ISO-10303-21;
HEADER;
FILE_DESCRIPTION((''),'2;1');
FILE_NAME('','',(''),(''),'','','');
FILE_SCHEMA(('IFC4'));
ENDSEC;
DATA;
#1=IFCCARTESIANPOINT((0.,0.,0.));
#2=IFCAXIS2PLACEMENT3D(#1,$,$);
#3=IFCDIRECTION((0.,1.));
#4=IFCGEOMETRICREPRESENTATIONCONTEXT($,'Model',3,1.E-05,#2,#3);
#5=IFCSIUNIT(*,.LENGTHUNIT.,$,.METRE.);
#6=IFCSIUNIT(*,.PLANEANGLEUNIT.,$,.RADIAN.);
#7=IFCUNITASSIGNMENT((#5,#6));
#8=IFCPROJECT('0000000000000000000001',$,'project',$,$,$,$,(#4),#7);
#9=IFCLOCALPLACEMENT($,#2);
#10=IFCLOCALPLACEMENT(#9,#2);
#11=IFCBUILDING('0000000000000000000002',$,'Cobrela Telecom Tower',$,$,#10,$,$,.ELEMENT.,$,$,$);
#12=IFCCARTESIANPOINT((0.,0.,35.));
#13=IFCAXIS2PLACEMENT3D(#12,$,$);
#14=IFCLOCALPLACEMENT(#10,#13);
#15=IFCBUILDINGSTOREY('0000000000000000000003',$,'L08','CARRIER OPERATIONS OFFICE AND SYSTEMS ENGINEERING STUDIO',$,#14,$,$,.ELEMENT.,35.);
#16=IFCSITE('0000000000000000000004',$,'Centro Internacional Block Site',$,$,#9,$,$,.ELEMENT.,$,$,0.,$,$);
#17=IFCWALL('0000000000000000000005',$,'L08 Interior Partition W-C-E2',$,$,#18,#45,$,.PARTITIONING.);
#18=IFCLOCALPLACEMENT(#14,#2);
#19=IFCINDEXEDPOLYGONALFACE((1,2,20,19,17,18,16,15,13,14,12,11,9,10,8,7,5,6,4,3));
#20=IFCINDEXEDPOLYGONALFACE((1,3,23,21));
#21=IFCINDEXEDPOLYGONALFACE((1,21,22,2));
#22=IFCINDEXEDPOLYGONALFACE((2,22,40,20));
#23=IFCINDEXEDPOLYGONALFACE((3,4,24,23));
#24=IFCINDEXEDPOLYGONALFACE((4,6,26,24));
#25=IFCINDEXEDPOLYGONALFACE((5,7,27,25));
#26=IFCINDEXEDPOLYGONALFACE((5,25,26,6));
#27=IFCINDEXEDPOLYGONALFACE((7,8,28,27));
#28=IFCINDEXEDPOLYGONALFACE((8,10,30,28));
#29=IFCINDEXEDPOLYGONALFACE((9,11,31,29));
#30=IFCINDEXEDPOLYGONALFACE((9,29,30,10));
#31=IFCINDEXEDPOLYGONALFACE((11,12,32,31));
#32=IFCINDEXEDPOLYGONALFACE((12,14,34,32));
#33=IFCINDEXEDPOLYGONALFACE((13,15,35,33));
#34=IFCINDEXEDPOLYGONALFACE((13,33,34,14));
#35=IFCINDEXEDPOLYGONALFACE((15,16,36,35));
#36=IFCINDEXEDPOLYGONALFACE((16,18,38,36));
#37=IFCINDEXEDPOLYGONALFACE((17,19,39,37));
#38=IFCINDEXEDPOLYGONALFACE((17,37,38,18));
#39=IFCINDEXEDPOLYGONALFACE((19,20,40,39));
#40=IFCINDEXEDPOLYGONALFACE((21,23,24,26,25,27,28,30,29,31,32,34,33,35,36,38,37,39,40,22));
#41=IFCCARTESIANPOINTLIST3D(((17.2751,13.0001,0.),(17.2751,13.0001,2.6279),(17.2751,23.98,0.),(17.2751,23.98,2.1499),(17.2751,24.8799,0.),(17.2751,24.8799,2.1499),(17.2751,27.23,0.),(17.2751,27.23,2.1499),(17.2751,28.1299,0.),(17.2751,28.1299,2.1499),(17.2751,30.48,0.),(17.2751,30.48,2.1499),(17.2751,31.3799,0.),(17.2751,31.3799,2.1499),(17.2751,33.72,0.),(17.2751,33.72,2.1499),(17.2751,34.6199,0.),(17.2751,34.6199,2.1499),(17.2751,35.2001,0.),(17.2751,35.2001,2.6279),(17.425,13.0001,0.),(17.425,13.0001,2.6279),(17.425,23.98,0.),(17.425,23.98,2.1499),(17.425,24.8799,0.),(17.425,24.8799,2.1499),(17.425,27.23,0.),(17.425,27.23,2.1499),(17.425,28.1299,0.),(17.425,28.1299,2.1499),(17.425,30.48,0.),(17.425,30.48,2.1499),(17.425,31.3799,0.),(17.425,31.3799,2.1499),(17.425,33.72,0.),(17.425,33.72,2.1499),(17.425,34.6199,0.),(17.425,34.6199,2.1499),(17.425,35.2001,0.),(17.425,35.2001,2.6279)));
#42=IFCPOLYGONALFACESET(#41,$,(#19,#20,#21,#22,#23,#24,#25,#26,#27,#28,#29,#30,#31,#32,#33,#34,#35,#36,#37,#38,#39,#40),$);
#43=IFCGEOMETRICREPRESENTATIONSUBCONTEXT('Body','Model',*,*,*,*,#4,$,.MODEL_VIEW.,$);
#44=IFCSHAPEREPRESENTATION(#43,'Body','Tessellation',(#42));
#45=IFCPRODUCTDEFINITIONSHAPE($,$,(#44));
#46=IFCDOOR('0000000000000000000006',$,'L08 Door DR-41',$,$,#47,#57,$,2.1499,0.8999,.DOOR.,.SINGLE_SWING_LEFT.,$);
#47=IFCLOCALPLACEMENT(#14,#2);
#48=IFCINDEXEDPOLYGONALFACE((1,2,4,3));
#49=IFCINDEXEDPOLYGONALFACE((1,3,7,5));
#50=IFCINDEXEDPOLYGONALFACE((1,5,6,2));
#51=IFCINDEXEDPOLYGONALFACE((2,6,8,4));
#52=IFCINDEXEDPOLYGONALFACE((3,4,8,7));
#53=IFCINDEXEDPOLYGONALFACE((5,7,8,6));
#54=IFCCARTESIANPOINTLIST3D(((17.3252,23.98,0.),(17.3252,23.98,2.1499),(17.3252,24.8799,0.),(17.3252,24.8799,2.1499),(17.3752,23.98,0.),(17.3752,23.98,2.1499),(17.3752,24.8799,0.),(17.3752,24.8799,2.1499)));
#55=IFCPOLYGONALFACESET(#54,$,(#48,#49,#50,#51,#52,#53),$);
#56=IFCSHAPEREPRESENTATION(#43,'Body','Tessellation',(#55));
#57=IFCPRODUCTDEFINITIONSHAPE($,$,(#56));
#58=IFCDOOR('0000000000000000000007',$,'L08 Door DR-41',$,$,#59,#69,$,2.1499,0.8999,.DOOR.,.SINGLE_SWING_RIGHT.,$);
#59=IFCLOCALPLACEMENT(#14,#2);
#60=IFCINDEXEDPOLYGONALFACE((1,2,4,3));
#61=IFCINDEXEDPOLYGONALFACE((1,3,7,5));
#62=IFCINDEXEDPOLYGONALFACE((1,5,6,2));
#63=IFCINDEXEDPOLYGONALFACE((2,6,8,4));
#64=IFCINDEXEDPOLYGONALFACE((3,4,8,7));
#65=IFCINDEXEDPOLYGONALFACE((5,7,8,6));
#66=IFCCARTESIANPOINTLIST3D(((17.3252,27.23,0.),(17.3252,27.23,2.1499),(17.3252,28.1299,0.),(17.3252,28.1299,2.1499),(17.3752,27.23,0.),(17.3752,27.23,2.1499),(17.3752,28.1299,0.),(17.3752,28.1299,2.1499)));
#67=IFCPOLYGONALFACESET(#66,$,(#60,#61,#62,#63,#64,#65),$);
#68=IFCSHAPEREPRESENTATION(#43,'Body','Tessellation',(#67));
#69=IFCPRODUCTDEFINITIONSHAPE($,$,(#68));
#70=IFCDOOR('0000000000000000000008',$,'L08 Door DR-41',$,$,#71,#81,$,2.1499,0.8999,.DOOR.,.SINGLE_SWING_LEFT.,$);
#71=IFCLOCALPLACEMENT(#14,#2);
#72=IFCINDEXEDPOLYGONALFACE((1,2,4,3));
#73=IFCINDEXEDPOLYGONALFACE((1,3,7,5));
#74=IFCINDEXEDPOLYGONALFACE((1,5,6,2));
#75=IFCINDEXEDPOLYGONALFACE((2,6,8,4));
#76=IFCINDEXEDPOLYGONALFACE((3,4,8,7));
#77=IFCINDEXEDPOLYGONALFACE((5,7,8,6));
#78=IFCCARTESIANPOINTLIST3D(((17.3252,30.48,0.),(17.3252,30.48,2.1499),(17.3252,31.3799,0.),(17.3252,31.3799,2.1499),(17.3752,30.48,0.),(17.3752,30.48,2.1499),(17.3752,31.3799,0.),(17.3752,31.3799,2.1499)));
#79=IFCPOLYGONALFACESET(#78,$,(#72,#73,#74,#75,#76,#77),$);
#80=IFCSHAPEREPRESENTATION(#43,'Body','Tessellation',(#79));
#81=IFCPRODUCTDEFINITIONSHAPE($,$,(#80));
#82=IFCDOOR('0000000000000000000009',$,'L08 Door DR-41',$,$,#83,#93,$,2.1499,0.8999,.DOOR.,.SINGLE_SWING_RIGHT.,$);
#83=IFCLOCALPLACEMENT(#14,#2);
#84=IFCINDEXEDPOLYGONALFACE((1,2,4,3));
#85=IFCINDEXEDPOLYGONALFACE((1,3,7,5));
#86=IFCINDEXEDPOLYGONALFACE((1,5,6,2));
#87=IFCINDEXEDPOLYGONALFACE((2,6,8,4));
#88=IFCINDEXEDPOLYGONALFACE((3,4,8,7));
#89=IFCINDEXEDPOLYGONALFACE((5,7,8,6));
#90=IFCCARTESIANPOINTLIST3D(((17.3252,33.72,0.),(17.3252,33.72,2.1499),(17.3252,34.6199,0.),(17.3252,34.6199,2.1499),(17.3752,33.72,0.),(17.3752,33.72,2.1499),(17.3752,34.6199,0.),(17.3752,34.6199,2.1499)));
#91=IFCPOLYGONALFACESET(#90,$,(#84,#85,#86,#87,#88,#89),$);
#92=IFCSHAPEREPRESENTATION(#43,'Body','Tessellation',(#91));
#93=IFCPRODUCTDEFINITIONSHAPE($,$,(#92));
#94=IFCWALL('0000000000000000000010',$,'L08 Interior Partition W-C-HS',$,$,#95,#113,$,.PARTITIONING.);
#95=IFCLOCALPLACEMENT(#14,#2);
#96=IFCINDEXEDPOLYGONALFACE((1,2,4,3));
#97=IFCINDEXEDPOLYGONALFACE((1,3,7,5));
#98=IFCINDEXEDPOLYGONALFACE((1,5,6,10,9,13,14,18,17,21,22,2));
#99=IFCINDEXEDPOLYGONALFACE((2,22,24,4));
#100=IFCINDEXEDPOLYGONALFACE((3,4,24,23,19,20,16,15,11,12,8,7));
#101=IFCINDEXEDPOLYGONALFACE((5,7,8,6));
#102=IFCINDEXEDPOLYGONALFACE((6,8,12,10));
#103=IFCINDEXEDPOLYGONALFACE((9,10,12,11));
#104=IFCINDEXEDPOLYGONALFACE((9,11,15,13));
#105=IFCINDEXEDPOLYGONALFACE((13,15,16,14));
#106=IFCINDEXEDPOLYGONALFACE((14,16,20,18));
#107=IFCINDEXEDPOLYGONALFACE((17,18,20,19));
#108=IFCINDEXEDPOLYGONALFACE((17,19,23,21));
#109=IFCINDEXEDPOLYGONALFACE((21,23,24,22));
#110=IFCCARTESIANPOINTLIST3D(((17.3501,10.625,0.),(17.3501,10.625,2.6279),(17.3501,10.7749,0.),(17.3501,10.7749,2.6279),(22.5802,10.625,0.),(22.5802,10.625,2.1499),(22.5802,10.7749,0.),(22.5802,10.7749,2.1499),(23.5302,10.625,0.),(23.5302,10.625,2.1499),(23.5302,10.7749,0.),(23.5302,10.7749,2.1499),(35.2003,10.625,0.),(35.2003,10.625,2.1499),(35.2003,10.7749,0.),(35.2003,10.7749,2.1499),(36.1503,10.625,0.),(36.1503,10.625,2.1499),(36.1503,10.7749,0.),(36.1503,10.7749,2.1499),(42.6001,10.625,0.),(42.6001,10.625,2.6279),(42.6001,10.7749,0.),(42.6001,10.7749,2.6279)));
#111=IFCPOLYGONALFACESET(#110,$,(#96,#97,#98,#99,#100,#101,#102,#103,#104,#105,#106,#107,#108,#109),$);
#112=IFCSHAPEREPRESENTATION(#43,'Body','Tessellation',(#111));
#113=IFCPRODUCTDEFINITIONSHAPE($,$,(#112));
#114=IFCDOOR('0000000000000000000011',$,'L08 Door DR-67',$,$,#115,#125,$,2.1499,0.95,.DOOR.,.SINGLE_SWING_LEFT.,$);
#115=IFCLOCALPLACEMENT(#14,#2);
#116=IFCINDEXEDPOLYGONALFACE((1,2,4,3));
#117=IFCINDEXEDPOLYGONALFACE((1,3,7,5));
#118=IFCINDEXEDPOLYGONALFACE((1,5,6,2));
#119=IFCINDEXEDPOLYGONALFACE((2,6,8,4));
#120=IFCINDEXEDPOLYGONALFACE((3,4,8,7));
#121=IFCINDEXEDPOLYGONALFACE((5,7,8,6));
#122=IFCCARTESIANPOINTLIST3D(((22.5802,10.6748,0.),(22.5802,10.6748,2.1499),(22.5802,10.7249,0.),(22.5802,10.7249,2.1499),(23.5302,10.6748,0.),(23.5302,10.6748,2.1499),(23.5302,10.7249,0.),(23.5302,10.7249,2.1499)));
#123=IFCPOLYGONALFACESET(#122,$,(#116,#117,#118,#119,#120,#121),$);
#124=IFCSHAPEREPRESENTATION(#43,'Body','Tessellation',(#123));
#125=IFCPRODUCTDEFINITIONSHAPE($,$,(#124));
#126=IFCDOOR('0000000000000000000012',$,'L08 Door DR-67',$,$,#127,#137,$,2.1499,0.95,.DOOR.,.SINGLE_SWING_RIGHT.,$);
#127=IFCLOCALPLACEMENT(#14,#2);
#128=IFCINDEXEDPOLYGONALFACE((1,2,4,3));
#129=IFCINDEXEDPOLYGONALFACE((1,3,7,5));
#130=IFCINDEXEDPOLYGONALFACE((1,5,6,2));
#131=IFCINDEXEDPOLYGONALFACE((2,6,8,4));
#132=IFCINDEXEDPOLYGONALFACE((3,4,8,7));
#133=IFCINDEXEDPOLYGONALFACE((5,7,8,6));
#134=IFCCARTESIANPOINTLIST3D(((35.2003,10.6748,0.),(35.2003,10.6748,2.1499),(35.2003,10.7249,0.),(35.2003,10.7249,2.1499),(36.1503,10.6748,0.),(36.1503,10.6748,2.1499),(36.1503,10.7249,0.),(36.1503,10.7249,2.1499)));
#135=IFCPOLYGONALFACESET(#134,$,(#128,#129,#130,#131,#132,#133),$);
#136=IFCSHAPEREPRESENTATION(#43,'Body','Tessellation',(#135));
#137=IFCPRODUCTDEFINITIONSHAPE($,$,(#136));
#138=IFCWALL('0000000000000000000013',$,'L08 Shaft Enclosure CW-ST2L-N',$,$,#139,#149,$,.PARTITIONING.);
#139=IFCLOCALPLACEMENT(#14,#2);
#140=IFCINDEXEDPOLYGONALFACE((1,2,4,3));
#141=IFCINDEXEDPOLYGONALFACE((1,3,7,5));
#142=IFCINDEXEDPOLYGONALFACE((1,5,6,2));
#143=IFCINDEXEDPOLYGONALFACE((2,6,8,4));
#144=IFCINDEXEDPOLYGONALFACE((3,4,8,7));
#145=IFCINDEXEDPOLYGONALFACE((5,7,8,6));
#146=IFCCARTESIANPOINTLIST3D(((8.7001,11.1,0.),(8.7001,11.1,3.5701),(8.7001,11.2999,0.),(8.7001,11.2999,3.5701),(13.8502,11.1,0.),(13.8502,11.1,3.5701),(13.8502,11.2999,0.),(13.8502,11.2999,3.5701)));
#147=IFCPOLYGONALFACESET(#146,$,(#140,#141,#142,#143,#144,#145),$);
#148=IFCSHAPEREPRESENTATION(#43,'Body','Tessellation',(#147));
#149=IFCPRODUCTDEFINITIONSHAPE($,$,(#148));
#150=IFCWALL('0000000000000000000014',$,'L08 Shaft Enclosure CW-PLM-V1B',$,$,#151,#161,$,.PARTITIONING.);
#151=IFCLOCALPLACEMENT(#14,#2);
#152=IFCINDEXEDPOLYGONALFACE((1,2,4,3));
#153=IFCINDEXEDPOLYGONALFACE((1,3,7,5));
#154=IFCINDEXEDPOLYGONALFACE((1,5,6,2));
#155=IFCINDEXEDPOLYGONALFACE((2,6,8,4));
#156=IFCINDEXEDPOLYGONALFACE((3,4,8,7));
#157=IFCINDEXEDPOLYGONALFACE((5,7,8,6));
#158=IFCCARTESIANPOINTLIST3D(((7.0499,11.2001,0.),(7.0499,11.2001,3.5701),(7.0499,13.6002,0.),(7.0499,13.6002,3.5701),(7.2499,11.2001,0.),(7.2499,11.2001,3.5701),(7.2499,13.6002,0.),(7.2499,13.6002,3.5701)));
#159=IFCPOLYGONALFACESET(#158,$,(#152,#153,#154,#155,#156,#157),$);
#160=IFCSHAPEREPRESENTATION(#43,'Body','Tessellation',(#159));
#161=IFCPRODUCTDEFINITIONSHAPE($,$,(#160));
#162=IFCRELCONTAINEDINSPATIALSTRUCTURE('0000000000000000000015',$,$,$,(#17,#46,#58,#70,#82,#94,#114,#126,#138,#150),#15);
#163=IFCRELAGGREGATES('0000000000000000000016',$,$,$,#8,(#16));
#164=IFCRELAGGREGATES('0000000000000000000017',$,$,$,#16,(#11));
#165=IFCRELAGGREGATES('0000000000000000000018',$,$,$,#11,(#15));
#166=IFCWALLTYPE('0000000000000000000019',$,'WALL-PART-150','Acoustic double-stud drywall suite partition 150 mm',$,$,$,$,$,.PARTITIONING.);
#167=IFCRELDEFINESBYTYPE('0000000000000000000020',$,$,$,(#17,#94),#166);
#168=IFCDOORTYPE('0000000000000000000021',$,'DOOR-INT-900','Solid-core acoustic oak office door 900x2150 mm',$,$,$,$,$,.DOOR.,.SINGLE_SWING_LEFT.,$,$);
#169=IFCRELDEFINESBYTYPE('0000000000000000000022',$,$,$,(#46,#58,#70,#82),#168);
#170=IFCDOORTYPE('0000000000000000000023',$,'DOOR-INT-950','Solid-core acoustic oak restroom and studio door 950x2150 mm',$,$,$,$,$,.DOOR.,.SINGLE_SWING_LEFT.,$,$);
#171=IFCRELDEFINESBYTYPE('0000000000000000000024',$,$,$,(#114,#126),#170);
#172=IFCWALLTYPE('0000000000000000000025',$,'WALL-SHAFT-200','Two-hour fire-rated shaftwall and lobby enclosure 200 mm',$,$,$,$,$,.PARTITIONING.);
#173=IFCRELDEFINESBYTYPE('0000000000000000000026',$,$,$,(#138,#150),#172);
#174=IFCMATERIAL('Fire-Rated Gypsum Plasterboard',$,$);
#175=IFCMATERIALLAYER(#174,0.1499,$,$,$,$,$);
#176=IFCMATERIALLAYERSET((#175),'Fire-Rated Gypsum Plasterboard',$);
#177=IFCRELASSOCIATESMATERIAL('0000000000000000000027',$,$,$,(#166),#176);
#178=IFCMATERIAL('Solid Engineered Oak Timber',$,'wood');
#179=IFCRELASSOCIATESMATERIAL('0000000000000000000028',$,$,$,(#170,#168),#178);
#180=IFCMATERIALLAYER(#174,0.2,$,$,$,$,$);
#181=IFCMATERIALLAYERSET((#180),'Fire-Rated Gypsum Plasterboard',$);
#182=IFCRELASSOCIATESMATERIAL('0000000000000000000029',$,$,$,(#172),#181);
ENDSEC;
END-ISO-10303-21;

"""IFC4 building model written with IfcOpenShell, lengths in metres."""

from ifc_helpers import new_model, si_unit, direction, frame, frame_2d, origin, place, context, subcontext, project, spatial, rectangle, extrude, material, layer, layer_set, type_object, element, fill, save


model = new_model("IFC4")

# Units and contexts
model_context = context("Model", 3, precision=1e-05, world=origin(), true_north=direction((0.0, 1.0)))
body_context = subcontext(model_context, "Body", "Model", "MODEL_VIEW")
ifc_project = project(units=[si_unit("LENGTHUNIT", "METRE"), si_unit("PLANEANGLEUNIT", "RADIAN")], contexts=[model_context])

# Site, building, storey
site_placement = place(None, origin())
site = spatial("IfcSite", under=ifc_project, at=site_placement, Name="Centro Internacional Block Site", CompositionType="ELEMENT", RefElevation=0.0)
building_placement = place(site_placement, origin())
building = spatial("IfcBuilding", under=site, at=building_placement, Name="Cobrela Telecom Tower", CompositionType="ELEMENT")
storey_placement = place(building_placement, frame((0.0, 0.0, 35.0)))
storey = spatial("IfcBuildingStorey", under=building, at=storey_placement, Name="L08", Description="CARRIER OPERATIONS OFFICE AND SYSTEMS ENGINEERING STUDIO", CompositionType="ELEMENT", Elevation=35.0)

# Shared definitions
ifc_material_1 = material(Name="Fire-Rated Gypsum Plasterboard")
ifc_layer_1 = layer(ifc_material_1, 0.1499)
ifc_layer_set_1 = layer_set([ifc_layer_1], Name="Fire-Rated Gypsum Plasterboard")
wall_type_1 = type_object("IfcWallType", Name="WALL-PART-150", Description="Acoustic double-stud drywall suite partition 150 mm", PredefinedType="PARTITIONING", material=ifc_layer_set_1)
ifc_material_2 = material(Name="Solid Engineered Oak Timber", Category="wood")
door_type_1 = type_object("IfcDoorType", Name="DOOR-INT-950", Description="Solid-core acoustic oak restroom and studio door 950x2150 mm", OperationType="SINGLE_SWING_LEFT", PredefinedType="DOOR", material=ifc_material_2)

# Walls, openings, doors
wall_1_placement = place(storey_placement, frame((17.3501, 13.0, 0.0), z_axis=(0.0, 0.0, 1.0), x_axis=(0.0, 1.0, 0.0)))
wall_1 = element("IfcWall", 1, at=wall_1_placement, inside=storey, type_object=wall_type_1, Name="L08 Interior Partition W-C-E2", PredefinedType="PARTITIONING", context=body_context, shape_type="SweptSolid", body=[
    extrude(rectangle(XDim=22.2, YDim=0.1499, at=frame_2d((11.1001, 0.0))), origin(), (0.0, 0.0, 1.0), 2.6279),
])
opening_1_placement = place(wall_1_placement, frame((10.98, 0.0, 0.0)))
opening_1 = element("IfcOpeningElement", 2, at=opening_1_placement, cuts=wall_1, PredefinedType="OPENING", context=body_context, shape_type="SweptSolid", body=[
    extrude(rectangle(XDim=0.8999, YDim=2.1499, at=frame_2d((0.45, 1.075))), frame((0.0, 0.0869, 0.0), z_axis=(0.0, -1.0, 0.0), x_axis=(1.0, 0.0, 0.0)), (0.0, 0.0, 1.0), 0.1738),
])
opening_2_placement = place(wall_1_placement, frame((14.23, 0.0, 0.0)))
opening_2 = element("IfcOpeningElement", 3, at=opening_2_placement, cuts=wall_1, PredefinedType="OPENING", context=body_context, shape_type="SweptSolid", body=[
    extrude(rectangle(XDim=0.8999, YDim=2.1499, at=frame_2d((0.45, 1.075))), frame((0.0, 0.0869, 0.0), z_axis=(0.0, -1.0, 0.0), x_axis=(1.0, 0.0, 0.0)), (0.0, 0.0, 1.0), 0.1738),
])
opening_3_placement = place(wall_1_placement, frame((17.48, 0.0, 0.0)))
opening_3 = element("IfcOpeningElement", 4, at=opening_3_placement, cuts=wall_1, PredefinedType="OPENING", context=body_context, shape_type="SweptSolid", body=[
    extrude(rectangle(XDim=0.8999, YDim=2.1499, at=frame_2d((0.45, 1.075))), frame((0.0, 0.0869, 0.0), z_axis=(0.0, -1.0, 0.0), x_axis=(1.0, 0.0, 0.0)), (0.0, 0.0, 1.0), 0.1738),
])
opening_4_placement = place(wall_1_placement, frame((20.72, 0.0, 0.0)))
opening_4 = element("IfcOpeningElement", 5, at=opening_4_placement, cuts=wall_1, PredefinedType="OPENING", context=body_context, shape_type="SweptSolid", body=[
    extrude(rectangle(XDim=0.8999, YDim=2.1499, at=frame_2d((0.45, 1.075))), frame((0.0, 0.0869, 0.0), z_axis=(0.0, -1.0, 0.0), x_axis=(1.0, 0.0, 0.0)), (0.0, 0.0, 1.0), 0.1738),
])
door_type_2 = type_object("IfcDoorType", Name="DOOR-INT-900", Description="Solid-core acoustic oak office door 900x2150 mm", OperationType="SINGLE_SWING_LEFT", PredefinedType="DOOR", material=ifc_material_2)
door_1_placement = place(opening_1_placement, origin())
door_1 = element("IfcDoor", 6, at=door_1_placement, inside=storey, type_object=door_type_2, Name="L08 Door DR-41", OperationType="SINGLE_SWING_LEFT", OverallHeight=2.1499, OverallWidth=0.8999, PredefinedType="DOOR", context=body_context, shape_type="SweptSolid", body=[
    extrude(rectangle(XDim=0.8999, YDim=2.1499, at=frame_2d((0.45, 1.075))), frame((0.0, 0.0249, 0.0), z_axis=(0.0, -1.0, 0.0), x_axis=(1.0, 0.0, 0.0)), (0.0, 0.0, 1.0), 0.05),
])
fill(opening_1, door_1)
door_2_placement = place(opening_2_placement, origin())
door_2 = element("IfcDoor", 7, at=door_2_placement, inside=storey, type_object=door_type_2, Name="L08 Door DR-41", OperationType="SINGLE_SWING_RIGHT", OverallHeight=2.1499, OverallWidth=0.8999, PredefinedType="DOOR", context=body_context, shape_type="SweptSolid", body=[
    extrude(rectangle(XDim=0.8999, YDim=2.1499, at=frame_2d((0.45, 1.075))), frame((0.0, 0.0249, 0.0), z_axis=(0.0, -1.0, 0.0), x_axis=(1.0, 0.0, 0.0)), (0.0, 0.0, 1.0), 0.05),
])
fill(opening_2, door_2)
door_3_placement = place(opening_3_placement, origin())
door_3 = element("IfcDoor", 8, at=door_3_placement, inside=storey, type_object=door_type_2, Name="L08 Door DR-41", OperationType="SINGLE_SWING_LEFT", OverallHeight=2.1499, OverallWidth=0.8999, PredefinedType="DOOR", context=body_context, shape_type="SweptSolid", body=[
    extrude(rectangle(XDim=0.8999, YDim=2.1499, at=frame_2d((0.45, 1.075))), frame((0.0, 0.0249, 0.0), z_axis=(0.0, -1.0, 0.0), x_axis=(1.0, 0.0, 0.0)), (0.0, 0.0, 1.0), 0.05),
])
fill(opening_3, door_3)
door_4_placement = place(opening_4_placement, origin())
door_4 = element("IfcDoor", 9, at=door_4_placement, inside=storey, type_object=door_type_2, Name="L08 Door DR-41", OperationType="SINGLE_SWING_RIGHT", OverallHeight=2.1499, OverallWidth=0.8999, PredefinedType="DOOR", context=body_context, shape_type="SweptSolid", body=[
    extrude(rectangle(XDim=0.8999, YDim=2.1499, at=frame_2d((0.45, 1.075))), frame((0.0, 0.0249, 0.0), z_axis=(0.0, -1.0, 0.0), x_axis=(1.0, 0.0, 0.0)), (0.0, 0.0, 1.0), 0.05),
])
fill(opening_4, door_4)
wall_2_placement = place(storey_placement, frame((17.3501, 10.7, 0.0), z_axis=(0.0, 0.0, 1.0), x_axis=(1.0, 0.0, 0.0)))
wall_2 = element("IfcWall", 10, at=wall_2_placement, inside=storey, type_object=wall_type_1, Name="L08 Interior Partition W-C-HS", PredefinedType="PARTITIONING", context=body_context, shape_type="SweptSolid", body=[
    extrude(rectangle(XDim=25.25, YDim=0.1499, at=frame_2d((12.625, 0.0))), origin(), (0.0, 0.0, 1.0), 2.6279),
])
opening_5_placement = place(wall_2_placement, frame((5.23, 0.0, 0.0)))
opening_5 = element("IfcOpeningElement", 11, at=opening_5_placement, cuts=wall_2, PredefinedType="OPENING", context=body_context, shape_type="SweptSolid", body=[
    extrude(rectangle(XDim=0.95, YDim=2.1499, at=frame_2d((0.4751, 1.075))), frame((0.0, 0.0869, 0.0), z_axis=(0.0, -1.0, 0.0), x_axis=(1.0, 0.0, 0.0)), (0.0, 0.0, 1.0), 0.1738),
])
opening_6_placement = place(wall_2_placement, frame((17.8501, 0.0, 0.0)))
opening_6 = element("IfcOpeningElement", 12, at=opening_6_placement, cuts=wall_2, PredefinedType="OPENING", context=body_context, shape_type="SweptSolid", body=[
    extrude(rectangle(XDim=0.95, YDim=2.1499, at=frame_2d((0.4751, 1.075))), frame((0.0, 0.0869, 0.0), z_axis=(0.0, -1.0, 0.0), x_axis=(1.0, 0.0, 0.0)), (0.0, 0.0, 1.0), 0.1738),
])
door_5_placement = place(opening_5_placement, origin())
door_5 = element("IfcDoor", 13, at=door_5_placement, inside=storey, type_object=door_type_1, Name="L08 Door DR-67", OperationType="SINGLE_SWING_LEFT", OverallHeight=2.1499, OverallWidth=0.95, PredefinedType="DOOR", context=body_context, shape_type="SweptSolid", body=[
    extrude(rectangle(XDim=0.95, YDim=2.1499, at=frame_2d((0.4751, 1.075))), frame((0.0, 0.0249, 0.0), z_axis=(0.0, -1.0, 0.0), x_axis=(1.0, 0.0, 0.0)), (0.0, 0.0, 1.0), 0.05),
])
fill(opening_5, door_5)
door_6_placement = place(opening_6_placement, origin())
door_6 = element("IfcDoor", 14, at=door_6_placement, inside=storey, type_object=door_type_1, Name="L08 Door DR-67", OperationType="SINGLE_SWING_RIGHT", OverallHeight=2.1499, OverallWidth=0.95, PredefinedType="DOOR", context=body_context, shape_type="SweptSolid", body=[
    extrude(rectangle(XDim=0.95, YDim=2.1499, at=frame_2d((0.4751, 1.075))), frame((0.0, 0.0249, 0.0), z_axis=(0.0, -1.0, 0.0), x_axis=(1.0, 0.0, 0.0)), (0.0, 0.0, 1.0), 0.05),
])
fill(opening_6, door_6)

# Walls
ifc_layer_2 = layer(ifc_material_1, 0.2)
ifc_layer_set_2 = layer_set([ifc_layer_2], Name="Fire-Rated Gypsum Plasterboard")
wall_type_2 = type_object("IfcWallType", Name="WALL-SHAFT-200", Description="Two-hour fire-rated shaftwall and lobby enclosure 200 mm", PredefinedType="PARTITIONING", material=ifc_layer_set_2)
wall_3_placement = place(storey_placement, frame((8.7, 11.2, 0.0), z_axis=(0.0, 0.0, 1.0), x_axis=(1.0, 0.0, 0.0)))
element("IfcWall", 15, at=wall_3_placement, inside=storey, type_object=wall_type_2, Name="L08 Shaft Enclosure CW-ST2L-N", PredefinedType="PARTITIONING", context=body_context, shape_type="SweptSolid", body=[
    extrude(rectangle(XDim=5.1501, YDim=0.2, at=frame_2d((2.5752, 0.0))), origin(), (0.0, 0.0, 1.0), 3.5701),
])
for number, where, z_axis, x_axis, name in (
    (16, (7.1499, 11.2, 0.0), (0.0, 0.0, 1.0), (0.0, 1.0, 0.0), "L08 Shaft Enclosure CW-PLM-V1B"),
):
    element("IfcWall", number, at=place(storey_placement, frame(where, z_axis=z_axis, x_axis=x_axis)), inside=storey, type_object=wall_type_2, Name=name, PredefinedType="PARTITIONING", context=body_context, shape_type="SweptSolid", body=[
        extrude(rectangle(XDim=2.4001, YDim=0.2, at=frame_2d((1.2002, 0.0))), origin(), (0.0, 0.0, 1.0), 3.5701),
    ])

save(model, "model.ifc")
